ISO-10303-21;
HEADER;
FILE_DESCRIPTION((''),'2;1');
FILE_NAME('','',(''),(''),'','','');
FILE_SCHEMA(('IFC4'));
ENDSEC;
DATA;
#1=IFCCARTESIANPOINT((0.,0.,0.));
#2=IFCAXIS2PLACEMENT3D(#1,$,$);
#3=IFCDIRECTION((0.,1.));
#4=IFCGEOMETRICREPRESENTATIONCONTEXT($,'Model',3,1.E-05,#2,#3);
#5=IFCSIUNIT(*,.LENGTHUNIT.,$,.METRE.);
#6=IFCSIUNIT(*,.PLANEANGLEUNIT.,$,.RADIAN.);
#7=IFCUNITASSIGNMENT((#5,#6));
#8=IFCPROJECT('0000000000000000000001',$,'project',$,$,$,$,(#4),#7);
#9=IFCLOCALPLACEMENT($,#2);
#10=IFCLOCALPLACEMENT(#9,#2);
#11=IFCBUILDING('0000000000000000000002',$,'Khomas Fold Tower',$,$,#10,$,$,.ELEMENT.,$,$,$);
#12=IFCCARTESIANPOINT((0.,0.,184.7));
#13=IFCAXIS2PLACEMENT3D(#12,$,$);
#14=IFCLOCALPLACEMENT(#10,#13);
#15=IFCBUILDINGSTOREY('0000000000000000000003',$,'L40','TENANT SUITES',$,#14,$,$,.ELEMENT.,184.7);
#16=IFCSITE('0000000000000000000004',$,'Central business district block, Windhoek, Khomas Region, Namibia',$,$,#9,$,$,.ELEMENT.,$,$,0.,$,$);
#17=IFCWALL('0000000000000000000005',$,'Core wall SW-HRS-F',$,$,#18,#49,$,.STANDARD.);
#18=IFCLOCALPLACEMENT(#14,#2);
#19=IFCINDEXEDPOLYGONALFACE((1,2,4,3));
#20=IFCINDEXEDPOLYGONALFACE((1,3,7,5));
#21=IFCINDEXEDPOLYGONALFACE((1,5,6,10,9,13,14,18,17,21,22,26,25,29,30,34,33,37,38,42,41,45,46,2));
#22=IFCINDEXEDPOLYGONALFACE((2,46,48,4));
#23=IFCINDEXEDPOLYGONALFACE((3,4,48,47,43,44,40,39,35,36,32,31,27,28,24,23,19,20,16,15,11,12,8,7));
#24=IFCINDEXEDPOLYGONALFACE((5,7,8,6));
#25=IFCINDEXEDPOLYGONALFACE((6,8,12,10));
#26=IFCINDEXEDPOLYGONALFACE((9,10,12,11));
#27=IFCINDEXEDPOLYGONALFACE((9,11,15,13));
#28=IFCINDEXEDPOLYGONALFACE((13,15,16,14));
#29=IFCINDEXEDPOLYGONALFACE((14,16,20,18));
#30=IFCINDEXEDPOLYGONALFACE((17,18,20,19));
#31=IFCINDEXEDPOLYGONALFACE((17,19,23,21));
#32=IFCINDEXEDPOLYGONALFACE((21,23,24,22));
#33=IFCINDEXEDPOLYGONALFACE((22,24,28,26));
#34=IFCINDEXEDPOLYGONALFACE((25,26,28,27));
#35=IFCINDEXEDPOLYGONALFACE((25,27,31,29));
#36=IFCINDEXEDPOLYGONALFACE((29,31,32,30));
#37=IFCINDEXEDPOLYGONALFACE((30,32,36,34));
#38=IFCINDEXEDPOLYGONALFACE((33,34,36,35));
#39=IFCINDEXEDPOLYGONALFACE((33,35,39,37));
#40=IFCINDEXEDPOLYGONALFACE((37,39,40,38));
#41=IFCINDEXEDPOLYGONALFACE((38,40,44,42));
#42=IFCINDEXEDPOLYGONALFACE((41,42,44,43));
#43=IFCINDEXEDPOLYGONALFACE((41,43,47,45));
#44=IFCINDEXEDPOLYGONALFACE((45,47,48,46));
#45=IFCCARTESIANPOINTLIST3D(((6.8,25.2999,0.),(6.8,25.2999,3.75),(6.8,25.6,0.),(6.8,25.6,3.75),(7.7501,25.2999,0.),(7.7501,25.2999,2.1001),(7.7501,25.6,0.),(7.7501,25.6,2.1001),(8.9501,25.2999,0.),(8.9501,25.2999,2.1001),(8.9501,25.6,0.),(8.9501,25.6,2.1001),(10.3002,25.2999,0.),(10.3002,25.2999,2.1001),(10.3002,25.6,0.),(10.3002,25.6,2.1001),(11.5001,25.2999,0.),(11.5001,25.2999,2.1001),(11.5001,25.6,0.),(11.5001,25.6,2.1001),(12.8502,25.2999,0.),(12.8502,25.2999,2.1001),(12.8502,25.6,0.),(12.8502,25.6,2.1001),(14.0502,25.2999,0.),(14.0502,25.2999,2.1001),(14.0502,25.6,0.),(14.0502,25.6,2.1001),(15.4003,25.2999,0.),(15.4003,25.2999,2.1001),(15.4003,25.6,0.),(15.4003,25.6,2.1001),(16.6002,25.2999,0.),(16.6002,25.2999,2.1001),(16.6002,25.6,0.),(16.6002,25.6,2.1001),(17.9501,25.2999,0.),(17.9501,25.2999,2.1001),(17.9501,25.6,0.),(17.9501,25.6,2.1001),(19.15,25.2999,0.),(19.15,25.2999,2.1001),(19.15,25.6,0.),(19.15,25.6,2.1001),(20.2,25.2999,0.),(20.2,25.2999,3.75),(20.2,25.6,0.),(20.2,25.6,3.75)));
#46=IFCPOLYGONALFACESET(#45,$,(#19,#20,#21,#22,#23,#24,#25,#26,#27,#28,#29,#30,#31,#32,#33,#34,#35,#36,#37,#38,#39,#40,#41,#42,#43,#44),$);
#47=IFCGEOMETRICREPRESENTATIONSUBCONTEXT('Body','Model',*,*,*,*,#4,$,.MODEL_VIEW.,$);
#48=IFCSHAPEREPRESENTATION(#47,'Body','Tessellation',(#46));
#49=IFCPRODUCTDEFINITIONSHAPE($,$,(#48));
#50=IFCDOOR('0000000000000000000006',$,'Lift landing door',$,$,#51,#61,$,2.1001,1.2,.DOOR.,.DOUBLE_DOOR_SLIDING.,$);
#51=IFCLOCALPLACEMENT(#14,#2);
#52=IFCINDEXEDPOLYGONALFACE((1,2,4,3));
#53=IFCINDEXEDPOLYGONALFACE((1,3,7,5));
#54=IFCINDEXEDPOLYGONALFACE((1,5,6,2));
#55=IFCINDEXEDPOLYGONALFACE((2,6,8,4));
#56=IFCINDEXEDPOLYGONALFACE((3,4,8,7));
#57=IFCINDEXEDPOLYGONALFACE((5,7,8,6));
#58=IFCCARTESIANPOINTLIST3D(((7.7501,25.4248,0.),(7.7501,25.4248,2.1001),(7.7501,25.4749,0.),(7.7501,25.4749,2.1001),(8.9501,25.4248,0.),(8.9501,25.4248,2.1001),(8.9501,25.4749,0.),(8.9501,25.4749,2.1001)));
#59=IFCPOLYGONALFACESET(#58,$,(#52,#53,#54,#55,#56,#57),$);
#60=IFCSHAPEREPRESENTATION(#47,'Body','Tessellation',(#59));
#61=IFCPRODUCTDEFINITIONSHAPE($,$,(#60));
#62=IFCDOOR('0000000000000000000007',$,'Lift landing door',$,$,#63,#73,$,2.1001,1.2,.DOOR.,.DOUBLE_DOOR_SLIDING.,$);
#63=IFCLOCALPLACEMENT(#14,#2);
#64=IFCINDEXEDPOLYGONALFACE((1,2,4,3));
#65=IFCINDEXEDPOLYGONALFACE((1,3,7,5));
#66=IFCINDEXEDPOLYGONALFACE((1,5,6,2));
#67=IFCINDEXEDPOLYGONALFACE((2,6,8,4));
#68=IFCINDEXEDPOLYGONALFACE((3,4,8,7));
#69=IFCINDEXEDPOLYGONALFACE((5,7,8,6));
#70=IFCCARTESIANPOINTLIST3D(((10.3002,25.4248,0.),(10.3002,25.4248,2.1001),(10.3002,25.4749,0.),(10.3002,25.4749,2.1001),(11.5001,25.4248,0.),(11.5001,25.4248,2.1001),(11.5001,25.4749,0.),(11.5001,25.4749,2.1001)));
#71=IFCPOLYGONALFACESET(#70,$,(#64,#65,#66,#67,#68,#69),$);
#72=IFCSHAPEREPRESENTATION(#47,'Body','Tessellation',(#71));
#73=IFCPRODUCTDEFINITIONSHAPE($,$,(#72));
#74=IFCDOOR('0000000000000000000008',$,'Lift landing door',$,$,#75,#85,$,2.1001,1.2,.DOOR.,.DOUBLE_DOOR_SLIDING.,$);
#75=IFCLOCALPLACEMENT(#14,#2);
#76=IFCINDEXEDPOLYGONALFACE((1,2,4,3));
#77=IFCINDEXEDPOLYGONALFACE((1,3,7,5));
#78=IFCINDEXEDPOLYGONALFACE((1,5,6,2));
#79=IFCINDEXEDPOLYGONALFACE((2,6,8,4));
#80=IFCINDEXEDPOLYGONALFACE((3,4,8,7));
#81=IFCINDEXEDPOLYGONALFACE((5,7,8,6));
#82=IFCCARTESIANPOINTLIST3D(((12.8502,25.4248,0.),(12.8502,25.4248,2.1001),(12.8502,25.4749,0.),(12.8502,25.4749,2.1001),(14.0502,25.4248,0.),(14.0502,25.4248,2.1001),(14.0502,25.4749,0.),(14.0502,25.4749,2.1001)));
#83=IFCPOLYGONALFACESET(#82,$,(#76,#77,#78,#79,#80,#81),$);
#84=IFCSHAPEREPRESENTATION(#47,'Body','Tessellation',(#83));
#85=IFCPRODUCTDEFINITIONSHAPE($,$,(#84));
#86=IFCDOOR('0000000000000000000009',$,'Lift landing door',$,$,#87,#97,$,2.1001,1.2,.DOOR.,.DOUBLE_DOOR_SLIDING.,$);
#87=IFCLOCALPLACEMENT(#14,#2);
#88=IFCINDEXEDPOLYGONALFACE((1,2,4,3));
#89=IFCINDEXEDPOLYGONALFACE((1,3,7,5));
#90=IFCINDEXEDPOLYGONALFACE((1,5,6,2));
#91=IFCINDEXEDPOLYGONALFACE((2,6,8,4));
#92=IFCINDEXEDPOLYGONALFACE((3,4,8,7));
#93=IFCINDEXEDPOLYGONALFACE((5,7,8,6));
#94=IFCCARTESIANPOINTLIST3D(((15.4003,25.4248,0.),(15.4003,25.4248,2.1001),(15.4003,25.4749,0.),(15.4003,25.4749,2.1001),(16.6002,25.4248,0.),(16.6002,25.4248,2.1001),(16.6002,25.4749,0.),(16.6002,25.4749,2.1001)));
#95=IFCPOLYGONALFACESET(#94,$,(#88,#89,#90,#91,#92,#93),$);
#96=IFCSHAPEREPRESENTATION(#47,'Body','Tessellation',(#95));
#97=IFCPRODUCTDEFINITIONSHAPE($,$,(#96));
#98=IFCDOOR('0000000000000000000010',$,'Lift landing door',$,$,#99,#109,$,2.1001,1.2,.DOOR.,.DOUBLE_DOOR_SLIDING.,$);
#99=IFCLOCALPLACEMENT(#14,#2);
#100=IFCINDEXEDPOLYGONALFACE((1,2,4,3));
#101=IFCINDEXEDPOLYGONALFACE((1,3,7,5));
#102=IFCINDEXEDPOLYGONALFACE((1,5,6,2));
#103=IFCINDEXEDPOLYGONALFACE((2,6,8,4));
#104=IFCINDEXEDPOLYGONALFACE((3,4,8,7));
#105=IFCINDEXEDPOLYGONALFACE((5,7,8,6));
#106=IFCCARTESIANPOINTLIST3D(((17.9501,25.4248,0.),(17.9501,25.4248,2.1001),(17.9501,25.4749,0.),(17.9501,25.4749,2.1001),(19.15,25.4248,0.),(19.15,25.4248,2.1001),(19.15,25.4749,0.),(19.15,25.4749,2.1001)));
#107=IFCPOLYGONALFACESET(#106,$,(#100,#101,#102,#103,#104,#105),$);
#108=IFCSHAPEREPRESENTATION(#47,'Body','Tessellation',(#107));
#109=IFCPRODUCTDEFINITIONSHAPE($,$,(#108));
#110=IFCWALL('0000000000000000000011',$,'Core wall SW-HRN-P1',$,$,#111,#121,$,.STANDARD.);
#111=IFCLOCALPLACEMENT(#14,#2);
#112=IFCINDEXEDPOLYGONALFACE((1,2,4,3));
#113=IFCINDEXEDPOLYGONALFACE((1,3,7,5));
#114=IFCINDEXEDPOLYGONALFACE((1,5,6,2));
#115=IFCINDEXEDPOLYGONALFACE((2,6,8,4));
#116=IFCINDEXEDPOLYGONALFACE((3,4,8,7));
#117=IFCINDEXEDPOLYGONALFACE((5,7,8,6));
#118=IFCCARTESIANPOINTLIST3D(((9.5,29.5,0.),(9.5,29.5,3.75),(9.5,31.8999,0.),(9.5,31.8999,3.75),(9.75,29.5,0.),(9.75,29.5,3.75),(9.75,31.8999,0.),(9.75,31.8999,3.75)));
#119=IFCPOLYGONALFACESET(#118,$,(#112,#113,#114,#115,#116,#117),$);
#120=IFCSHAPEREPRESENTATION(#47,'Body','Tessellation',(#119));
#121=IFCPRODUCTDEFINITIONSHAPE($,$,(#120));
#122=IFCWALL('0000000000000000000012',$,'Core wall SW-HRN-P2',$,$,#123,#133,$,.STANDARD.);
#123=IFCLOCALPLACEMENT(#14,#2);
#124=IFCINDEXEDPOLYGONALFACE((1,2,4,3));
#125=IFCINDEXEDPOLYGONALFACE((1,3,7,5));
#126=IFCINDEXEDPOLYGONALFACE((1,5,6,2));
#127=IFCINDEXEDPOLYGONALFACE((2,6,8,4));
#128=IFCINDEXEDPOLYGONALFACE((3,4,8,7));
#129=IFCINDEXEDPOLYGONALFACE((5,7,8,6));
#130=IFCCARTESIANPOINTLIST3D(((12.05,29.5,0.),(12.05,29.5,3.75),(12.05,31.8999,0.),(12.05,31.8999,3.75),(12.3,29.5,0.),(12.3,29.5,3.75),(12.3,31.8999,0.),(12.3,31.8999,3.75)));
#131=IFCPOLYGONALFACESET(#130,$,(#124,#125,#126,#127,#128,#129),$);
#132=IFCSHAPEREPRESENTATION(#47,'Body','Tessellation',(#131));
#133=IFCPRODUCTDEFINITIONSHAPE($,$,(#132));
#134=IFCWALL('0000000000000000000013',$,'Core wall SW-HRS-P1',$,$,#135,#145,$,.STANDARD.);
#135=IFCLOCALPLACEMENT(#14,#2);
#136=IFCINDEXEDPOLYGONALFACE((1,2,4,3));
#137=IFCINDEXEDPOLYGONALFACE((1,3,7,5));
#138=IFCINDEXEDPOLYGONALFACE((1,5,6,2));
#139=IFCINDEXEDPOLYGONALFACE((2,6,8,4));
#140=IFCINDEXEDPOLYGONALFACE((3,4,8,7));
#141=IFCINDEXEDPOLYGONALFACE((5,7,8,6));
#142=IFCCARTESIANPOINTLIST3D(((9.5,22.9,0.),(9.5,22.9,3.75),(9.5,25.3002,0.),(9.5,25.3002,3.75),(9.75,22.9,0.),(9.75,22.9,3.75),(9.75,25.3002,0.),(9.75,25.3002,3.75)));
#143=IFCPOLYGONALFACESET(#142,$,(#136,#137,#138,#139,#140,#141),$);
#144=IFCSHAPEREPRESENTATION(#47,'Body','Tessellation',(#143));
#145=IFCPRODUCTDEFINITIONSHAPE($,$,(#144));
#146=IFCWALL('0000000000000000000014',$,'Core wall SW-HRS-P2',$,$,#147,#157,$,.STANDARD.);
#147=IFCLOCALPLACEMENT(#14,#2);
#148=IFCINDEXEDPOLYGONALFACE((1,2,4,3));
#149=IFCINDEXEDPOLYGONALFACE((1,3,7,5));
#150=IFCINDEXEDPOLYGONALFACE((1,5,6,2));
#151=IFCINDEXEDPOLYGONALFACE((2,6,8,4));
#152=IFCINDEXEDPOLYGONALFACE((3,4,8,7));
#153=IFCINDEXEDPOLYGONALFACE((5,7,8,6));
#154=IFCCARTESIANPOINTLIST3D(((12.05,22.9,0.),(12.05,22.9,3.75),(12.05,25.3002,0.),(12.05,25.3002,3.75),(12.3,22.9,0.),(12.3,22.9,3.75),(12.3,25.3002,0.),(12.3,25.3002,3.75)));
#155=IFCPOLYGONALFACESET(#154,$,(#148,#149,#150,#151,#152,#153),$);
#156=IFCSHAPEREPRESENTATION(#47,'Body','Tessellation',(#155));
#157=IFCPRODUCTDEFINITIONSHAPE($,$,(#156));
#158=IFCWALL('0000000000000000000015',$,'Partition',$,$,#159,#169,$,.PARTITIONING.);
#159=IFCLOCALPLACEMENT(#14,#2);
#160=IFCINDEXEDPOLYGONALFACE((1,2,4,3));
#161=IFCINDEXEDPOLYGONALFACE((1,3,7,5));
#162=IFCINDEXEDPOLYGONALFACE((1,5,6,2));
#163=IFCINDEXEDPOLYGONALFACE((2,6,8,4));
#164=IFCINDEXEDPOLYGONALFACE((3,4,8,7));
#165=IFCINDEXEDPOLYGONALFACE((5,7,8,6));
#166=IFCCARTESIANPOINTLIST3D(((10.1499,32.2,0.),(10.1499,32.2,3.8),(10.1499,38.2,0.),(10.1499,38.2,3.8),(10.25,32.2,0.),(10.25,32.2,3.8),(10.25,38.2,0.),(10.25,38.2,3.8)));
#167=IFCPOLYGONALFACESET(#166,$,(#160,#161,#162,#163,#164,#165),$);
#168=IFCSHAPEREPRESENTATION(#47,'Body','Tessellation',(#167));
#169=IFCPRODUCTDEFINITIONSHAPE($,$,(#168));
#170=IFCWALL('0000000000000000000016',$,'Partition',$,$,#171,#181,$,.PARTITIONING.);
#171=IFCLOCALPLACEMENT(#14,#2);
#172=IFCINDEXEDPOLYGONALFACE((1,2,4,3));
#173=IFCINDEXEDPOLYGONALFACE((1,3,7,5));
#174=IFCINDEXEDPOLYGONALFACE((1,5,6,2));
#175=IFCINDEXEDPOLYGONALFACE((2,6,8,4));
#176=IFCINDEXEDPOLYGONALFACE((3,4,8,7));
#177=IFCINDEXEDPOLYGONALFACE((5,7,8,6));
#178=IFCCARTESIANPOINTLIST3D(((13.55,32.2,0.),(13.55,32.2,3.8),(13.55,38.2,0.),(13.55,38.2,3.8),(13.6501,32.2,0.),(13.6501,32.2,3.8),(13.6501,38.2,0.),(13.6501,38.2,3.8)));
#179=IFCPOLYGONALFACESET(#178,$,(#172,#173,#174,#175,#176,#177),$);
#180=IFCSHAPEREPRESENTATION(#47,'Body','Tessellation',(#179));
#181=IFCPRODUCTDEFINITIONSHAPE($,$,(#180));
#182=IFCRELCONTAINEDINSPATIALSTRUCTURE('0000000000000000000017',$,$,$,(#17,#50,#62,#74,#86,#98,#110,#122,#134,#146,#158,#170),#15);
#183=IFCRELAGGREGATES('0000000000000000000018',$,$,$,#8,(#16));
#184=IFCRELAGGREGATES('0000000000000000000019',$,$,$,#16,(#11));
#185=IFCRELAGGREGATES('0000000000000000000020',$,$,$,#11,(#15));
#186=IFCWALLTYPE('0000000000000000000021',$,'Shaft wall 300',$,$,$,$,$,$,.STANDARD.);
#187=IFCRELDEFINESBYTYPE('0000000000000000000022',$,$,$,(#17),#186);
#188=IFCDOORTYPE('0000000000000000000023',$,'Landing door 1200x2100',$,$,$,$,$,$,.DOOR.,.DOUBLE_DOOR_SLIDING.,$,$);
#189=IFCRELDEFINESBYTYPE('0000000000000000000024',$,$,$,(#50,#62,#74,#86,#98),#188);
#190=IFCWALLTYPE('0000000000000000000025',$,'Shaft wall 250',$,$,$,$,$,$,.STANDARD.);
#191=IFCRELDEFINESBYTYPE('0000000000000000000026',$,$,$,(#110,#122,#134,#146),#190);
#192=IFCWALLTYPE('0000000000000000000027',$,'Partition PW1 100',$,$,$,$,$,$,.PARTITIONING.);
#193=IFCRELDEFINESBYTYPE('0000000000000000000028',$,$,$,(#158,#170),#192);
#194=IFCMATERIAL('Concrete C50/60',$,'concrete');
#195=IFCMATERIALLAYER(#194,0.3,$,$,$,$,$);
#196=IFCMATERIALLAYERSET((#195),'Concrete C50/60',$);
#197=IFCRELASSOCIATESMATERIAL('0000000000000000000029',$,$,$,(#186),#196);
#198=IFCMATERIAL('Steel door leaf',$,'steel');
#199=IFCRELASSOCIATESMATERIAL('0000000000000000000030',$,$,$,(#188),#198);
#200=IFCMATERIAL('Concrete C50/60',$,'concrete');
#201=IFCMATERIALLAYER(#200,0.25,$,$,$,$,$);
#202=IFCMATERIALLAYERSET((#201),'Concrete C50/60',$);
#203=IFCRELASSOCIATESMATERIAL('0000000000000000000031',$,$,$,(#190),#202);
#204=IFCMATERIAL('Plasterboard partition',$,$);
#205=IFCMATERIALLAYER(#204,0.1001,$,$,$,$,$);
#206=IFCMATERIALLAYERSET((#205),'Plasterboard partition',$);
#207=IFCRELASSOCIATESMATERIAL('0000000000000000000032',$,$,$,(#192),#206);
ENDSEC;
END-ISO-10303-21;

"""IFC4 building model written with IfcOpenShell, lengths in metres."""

from ifc_helpers import new_model, si_unit, direction, frame, frame_2d, origin, place, context, subcontext, project, spatial, rectangle, extrude, source, transform, mapped, material, layer, layer_set, type_object, element, fill, save


model = new_model("IFC4")

# Units and contexts
model_context = context("Model", 3, precision=1e-05, world=origin(), true_north=direction((0.0, 1.0)))
body_context = subcontext(model_context, "Body", "Model", "MODEL_VIEW")
ifc_project = project(units=[si_unit("LENGTHUNIT", "METRE"), si_unit("PLANEANGLEUNIT", "RADIAN")], contexts=[model_context])

# Site, building, storey
site_placement = place(None, origin())
site = spatial("IfcSite", under=ifc_project, at=site_placement, Name="Central business district block, Windhoek, Khomas Region, Namibia", CompositionType="ELEMENT", RefElevation=0.0)
building_placement = place(site_placement, origin())
building = spatial("IfcBuilding", under=site, at=building_placement, Name="Khomas Fold Tower", CompositionType="ELEMENT")
storey_placement = place(building_placement, frame((0.0, 0.0, 184.7)))
storey = spatial("IfcBuildingStorey", under=building, at=storey_placement, Name="L40", Description="TENANT SUITES", CompositionType="ELEMENT", Elevation=184.7)

# Shared definitions
ifc_material_1 = material(Name="Concrete C50/60", Category="concrete")
ifc_layer_1 = layer(ifc_material_1, 0.3)
ifc_layer_set_1 = layer_set([ifc_layer_1], Name="Concrete C50/60")
wall_type_1 = type_object("IfcWallType", Name="Shaft wall 300", PredefinedType="STANDARD", material=ifc_layer_set_1)
shared_shape_1 = source(origin(), body_context, "Body", "SweptSolid", [
    extrude(rectangle(XDim=13.3999, YDim=0.3, at=frame_2d((6.7, 0.0))), origin(), (0.0, 0.0, 1.0), 3.75),
])

# Wall, openings, doors
shared_shape_2 = source(origin(), body_context, "Body", "SweptSolid", [
    extrude(rectangle(XDim=1.2, YDim=2.1001, at=frame_2d((0.6001, 1.05))), frame((0.0, 0.1599, 0.0), z_axis=(0.0, -1.0, 0.0), x_axis=(1.0, 0.0, 0.0)), (0.0, 0.0, 1.0), 0.3201),
])
ifc_material_2 = material(Name="Steel door leaf", Category="steel")
door_type = type_object("IfcDoorType", Name="Landing door 1200x2100", OperationType="DOUBLE_DOOR_SLIDING", PredefinedType="DOOR", material=ifc_material_2)
shared_shape_3 = source(origin(), body_context, "Body", "SweptSolid", [
    extrude(rectangle(XDim=1.2, YDim=2.1001, at=frame_2d((0.6001, 1.05))), frame((0.0, 0.0249, 0.0), z_axis=(0.0, -1.0, 0.0), x_axis=(1.0, 0.0, 0.0)), (0.0, 0.0, 1.0), 0.05),
])
wall_1_placement = place(storey_placement, frame((6.8, 25.45, 0.0), z_axis=(0.0, 0.0, 1.0), x_axis=(1.0, 0.0, 0.0)))
wall_1 = element("IfcWall", 1, at=wall_1_placement, inside=storey, type_object=wall_type_1, Name="Core wall SW-HRS-F", PredefinedType="STANDARD", context=body_context, shape_type="MappedRepresentation", body=[
    mapped(shared_shape_1, transform((0.0, 0.0, 0.0))),
])
opening_1_placement = place(wall_1_placement, frame((0.95, 0.0, 0.0)))
opening_1 = element("IfcOpeningElement", 2, at=opening_1_placement, cuts=wall_1, PredefinedType="OPENING", context=body_context, shape_type="MappedRepresentation", body=[
    mapped(shared_shape_2, transform((0.0, 0.0, 0.0))),
])
opening_2_placement = place(wall_1_placement, frame((3.5, 0.0, 0.0)))
opening_2 = element("IfcOpeningElement", 3, at=opening_2_placement, cuts=wall_1, PredefinedType="OPENING", context=body_context, shape_type="MappedRepresentation", body=[
    mapped(shared_shape_2, transform((0.0, 0.0, 0.0))),
])
opening_3_placement = place(wall_1_placement, frame((6.05, 0.0, 0.0)))
opening_3 = element("IfcOpeningElement", 4, at=opening_3_placement, cuts=wall_1, PredefinedType="OPENING", context=body_context, shape_type="MappedRepresentation", body=[
    mapped(shared_shape_2, transform((0.0, 0.0, 0.0))),
])
opening_4_placement = place(wall_1_placement, frame((8.6001, 0.0, 0.0)))
opening_4 = element("IfcOpeningElement", 5, at=opening_4_placement, cuts=wall_1, PredefinedType="OPENING", context=body_context, shape_type="MappedRepresentation", body=[
    mapped(shared_shape_2, transform((0.0, 0.0, 0.0))),
])
opening_5_placement = place(wall_1_placement, frame((11.1499, 0.0, 0.0)))
opening_5 = element("IfcOpeningElement", 6, at=opening_5_placement, cuts=wall_1, PredefinedType="OPENING", context=body_context, shape_type="MappedRepresentation", body=[
    mapped(shared_shape_2, transform((0.0, 0.0, 0.0))),
])
door_1_placement = place(opening_1_placement, origin())
door_1 = element("IfcDoor", 7, at=door_1_placement, inside=storey, type_object=door_type, Name="Lift landing door", OperationType="DOUBLE_DOOR_SLIDING", OverallHeight=2.1001, OverallWidth=1.2, PredefinedType="DOOR", context=body_context, shape_type="MappedRepresentation", body=[
    mapped(shared_shape_3, transform((0.0, 0.0, 0.0))),
])
fill(opening_1, door_1)
door_2_placement = place(opening_2_placement, origin())
door_2 = element("IfcDoor", 8, at=door_2_placement, inside=storey, type_object=door_type, Name="Lift landing door", OperationType="DOUBLE_DOOR_SLIDING", OverallHeight=2.1001, OverallWidth=1.2, PredefinedType="DOOR", context=body_context, shape_type="MappedRepresentation", body=[
    mapped(shared_shape_3, transform((0.0, 0.0, 0.0))),
])
fill(opening_2, door_2)
door_3_placement = place(opening_3_placement, origin())
door_3 = element("IfcDoor", 9, at=door_3_placement, inside=storey, type_object=door_type, Name="Lift landing door", OperationType="DOUBLE_DOOR_SLIDING", OverallHeight=2.1001, OverallWidth=1.2, PredefinedType="DOOR", context=body_context, shape_type="MappedRepresentation", body=[
    mapped(shared_shape_3, transform((0.0, 0.0, 0.0))),
])
fill(opening_3, door_3)
door_4_placement = place(opening_4_placement, origin())
door_4 = element("IfcDoor", 10, at=door_4_placement, inside=storey, type_object=door_type, Name="Lift landing door", OperationType="DOUBLE_DOOR_SLIDING", OverallHeight=2.1001, OverallWidth=1.2, PredefinedType="DOOR", context=body_context, shape_type="MappedRepresentation", body=[
    mapped(shared_shape_3, transform((0.0, 0.0, 0.0))),
])
fill(opening_4, door_4)
door_5_placement = place(opening_5_placement, origin())
door_5 = element("IfcDoor", 11, at=door_5_placement, inside=storey, type_object=door_type, Name="Lift landing door", OperationType="DOUBLE_DOOR_SLIDING", OverallHeight=2.1001, OverallWidth=1.2, PredefinedType="DOOR", context=body_context, shape_type="MappedRepresentation", body=[
    mapped(shared_shape_3, transform((0.0, 0.0, 0.0))),
])
fill(opening_5, door_5)

# Walls
ifc_material_3 = material(Name="Concrete C50/60", Category="concrete")
ifc_layer_2 = layer(ifc_material_3, 0.25)
ifc_layer_set_2 = layer_set([ifc_layer_2], Name="Concrete C50/60")
wall_type_2 = type_object("IfcWallType", Name="Shaft wall 250", PredefinedType="STANDARD", material=ifc_layer_set_2)
shared_shape_4 = source(origin(), body_context, "Body", "SweptSolid", [
    extrude(rectangle(XDim=2.3999, YDim=0.25, at=frame_2d((1.2, 0.0))), origin(), (0.0, 0.0, 1.0), 3.75),
])
for number, where, z_axis, x_axis, name in (
    (12, (9.625, 29.5, 0.0), (0.0, 0.0, 1.0), (0.0, 1.0, 0.0), "Core wall SW-HRN-P1"),
    (13, (12.175, 29.5, 0.0), (0.0, 0.0, 1.0), (0.0, 1.0, 0.0), "Core wall SW-HRN-P2"),
):
    element("IfcWall", number, at=place(storey_placement, frame(where, z_axis=z_axis, x_axis=x_axis)), inside=storey, type_object=wall_type_2, Name=name, PredefinedType="STANDARD", context=body_context, shape_type="MappedRepresentation", body=[
        mapped(shared_shape_4, transform((0.0, 0.0, 0.0))),
    ])
shared_shape_5 = source(origin(), body_context, "Body", "SweptSolid", [
    extrude(rectangle(XDim=2.4001, YDim=0.25, at=frame_2d((1.2002, 0.0))), origin(), (0.0, 0.0, 1.0), 3.75),
])
for number, where, z_axis, x_axis, name in (
    (14, (9.625, 22.8999, 0.0), (0.0, 0.0, 1.0), (0.0, 1.0, 0.0), "Core wall SW-HRS-P1"),
    (15, (12.175, 22.8999, 0.0), (0.0, 0.0, 1.0), (0.0, 1.0, 0.0), "Core wall SW-HRS-P2"),
):
    element("IfcWall", number, at=place(storey_placement, frame(where, z_axis=z_axis, x_axis=x_axis)), inside=storey, type_object=wall_type_2, Name=name, PredefinedType="STANDARD", context=body_context, shape_type="MappedRepresentation", body=[
        mapped(shared_shape_5, transform((0.0, 0.0, 0.0))),
    ])
ifc_material_4 = material(Name="Plasterboard partition")
ifc_layer_3 = layer(ifc_material_4, 0.1001)
ifc_layer_set_3 = layer_set([ifc_layer_3], Name="Plasterboard partition")
wall_type_3 = type_object("IfcWallType", Name="Partition PW1 100", PredefinedType="PARTITIONING", material=ifc_layer_set_3)
shared_shape_6 = source(origin(), body_context, "Body", "SweptSolid", [
    extrude(rectangle(XDim=6.0, YDim=0.1001, at=frame_2d((3.0, 0.0))), origin(), (0.0, 0.0, 1.0), 3.8),
])
for number, where, z_axis, x_axis, name in (
    (16, (10.2, 32.2, 0.0), (0.0, 0.0, 1.0), (0.0, 1.0, 0.0), "Partition"),
    (17, (13.6001, 32.2, 0.0), (0.0, 0.0, 1.0), (0.0, 1.0, 0.0), "Partition"),
):
    element("IfcWall", number, at=place(storey_placement, frame(where, z_axis=z_axis, x_axis=x_axis)), inside=storey, type_object=wall_type_3, Name=name, PredefinedType="PARTITIONING", context=body_context, shape_type="MappedRepresentation", body=[
        mapped(shared_shape_6, transform((0.0, 0.0, 0.0))),
    ])

save(model, "model.ifc")
